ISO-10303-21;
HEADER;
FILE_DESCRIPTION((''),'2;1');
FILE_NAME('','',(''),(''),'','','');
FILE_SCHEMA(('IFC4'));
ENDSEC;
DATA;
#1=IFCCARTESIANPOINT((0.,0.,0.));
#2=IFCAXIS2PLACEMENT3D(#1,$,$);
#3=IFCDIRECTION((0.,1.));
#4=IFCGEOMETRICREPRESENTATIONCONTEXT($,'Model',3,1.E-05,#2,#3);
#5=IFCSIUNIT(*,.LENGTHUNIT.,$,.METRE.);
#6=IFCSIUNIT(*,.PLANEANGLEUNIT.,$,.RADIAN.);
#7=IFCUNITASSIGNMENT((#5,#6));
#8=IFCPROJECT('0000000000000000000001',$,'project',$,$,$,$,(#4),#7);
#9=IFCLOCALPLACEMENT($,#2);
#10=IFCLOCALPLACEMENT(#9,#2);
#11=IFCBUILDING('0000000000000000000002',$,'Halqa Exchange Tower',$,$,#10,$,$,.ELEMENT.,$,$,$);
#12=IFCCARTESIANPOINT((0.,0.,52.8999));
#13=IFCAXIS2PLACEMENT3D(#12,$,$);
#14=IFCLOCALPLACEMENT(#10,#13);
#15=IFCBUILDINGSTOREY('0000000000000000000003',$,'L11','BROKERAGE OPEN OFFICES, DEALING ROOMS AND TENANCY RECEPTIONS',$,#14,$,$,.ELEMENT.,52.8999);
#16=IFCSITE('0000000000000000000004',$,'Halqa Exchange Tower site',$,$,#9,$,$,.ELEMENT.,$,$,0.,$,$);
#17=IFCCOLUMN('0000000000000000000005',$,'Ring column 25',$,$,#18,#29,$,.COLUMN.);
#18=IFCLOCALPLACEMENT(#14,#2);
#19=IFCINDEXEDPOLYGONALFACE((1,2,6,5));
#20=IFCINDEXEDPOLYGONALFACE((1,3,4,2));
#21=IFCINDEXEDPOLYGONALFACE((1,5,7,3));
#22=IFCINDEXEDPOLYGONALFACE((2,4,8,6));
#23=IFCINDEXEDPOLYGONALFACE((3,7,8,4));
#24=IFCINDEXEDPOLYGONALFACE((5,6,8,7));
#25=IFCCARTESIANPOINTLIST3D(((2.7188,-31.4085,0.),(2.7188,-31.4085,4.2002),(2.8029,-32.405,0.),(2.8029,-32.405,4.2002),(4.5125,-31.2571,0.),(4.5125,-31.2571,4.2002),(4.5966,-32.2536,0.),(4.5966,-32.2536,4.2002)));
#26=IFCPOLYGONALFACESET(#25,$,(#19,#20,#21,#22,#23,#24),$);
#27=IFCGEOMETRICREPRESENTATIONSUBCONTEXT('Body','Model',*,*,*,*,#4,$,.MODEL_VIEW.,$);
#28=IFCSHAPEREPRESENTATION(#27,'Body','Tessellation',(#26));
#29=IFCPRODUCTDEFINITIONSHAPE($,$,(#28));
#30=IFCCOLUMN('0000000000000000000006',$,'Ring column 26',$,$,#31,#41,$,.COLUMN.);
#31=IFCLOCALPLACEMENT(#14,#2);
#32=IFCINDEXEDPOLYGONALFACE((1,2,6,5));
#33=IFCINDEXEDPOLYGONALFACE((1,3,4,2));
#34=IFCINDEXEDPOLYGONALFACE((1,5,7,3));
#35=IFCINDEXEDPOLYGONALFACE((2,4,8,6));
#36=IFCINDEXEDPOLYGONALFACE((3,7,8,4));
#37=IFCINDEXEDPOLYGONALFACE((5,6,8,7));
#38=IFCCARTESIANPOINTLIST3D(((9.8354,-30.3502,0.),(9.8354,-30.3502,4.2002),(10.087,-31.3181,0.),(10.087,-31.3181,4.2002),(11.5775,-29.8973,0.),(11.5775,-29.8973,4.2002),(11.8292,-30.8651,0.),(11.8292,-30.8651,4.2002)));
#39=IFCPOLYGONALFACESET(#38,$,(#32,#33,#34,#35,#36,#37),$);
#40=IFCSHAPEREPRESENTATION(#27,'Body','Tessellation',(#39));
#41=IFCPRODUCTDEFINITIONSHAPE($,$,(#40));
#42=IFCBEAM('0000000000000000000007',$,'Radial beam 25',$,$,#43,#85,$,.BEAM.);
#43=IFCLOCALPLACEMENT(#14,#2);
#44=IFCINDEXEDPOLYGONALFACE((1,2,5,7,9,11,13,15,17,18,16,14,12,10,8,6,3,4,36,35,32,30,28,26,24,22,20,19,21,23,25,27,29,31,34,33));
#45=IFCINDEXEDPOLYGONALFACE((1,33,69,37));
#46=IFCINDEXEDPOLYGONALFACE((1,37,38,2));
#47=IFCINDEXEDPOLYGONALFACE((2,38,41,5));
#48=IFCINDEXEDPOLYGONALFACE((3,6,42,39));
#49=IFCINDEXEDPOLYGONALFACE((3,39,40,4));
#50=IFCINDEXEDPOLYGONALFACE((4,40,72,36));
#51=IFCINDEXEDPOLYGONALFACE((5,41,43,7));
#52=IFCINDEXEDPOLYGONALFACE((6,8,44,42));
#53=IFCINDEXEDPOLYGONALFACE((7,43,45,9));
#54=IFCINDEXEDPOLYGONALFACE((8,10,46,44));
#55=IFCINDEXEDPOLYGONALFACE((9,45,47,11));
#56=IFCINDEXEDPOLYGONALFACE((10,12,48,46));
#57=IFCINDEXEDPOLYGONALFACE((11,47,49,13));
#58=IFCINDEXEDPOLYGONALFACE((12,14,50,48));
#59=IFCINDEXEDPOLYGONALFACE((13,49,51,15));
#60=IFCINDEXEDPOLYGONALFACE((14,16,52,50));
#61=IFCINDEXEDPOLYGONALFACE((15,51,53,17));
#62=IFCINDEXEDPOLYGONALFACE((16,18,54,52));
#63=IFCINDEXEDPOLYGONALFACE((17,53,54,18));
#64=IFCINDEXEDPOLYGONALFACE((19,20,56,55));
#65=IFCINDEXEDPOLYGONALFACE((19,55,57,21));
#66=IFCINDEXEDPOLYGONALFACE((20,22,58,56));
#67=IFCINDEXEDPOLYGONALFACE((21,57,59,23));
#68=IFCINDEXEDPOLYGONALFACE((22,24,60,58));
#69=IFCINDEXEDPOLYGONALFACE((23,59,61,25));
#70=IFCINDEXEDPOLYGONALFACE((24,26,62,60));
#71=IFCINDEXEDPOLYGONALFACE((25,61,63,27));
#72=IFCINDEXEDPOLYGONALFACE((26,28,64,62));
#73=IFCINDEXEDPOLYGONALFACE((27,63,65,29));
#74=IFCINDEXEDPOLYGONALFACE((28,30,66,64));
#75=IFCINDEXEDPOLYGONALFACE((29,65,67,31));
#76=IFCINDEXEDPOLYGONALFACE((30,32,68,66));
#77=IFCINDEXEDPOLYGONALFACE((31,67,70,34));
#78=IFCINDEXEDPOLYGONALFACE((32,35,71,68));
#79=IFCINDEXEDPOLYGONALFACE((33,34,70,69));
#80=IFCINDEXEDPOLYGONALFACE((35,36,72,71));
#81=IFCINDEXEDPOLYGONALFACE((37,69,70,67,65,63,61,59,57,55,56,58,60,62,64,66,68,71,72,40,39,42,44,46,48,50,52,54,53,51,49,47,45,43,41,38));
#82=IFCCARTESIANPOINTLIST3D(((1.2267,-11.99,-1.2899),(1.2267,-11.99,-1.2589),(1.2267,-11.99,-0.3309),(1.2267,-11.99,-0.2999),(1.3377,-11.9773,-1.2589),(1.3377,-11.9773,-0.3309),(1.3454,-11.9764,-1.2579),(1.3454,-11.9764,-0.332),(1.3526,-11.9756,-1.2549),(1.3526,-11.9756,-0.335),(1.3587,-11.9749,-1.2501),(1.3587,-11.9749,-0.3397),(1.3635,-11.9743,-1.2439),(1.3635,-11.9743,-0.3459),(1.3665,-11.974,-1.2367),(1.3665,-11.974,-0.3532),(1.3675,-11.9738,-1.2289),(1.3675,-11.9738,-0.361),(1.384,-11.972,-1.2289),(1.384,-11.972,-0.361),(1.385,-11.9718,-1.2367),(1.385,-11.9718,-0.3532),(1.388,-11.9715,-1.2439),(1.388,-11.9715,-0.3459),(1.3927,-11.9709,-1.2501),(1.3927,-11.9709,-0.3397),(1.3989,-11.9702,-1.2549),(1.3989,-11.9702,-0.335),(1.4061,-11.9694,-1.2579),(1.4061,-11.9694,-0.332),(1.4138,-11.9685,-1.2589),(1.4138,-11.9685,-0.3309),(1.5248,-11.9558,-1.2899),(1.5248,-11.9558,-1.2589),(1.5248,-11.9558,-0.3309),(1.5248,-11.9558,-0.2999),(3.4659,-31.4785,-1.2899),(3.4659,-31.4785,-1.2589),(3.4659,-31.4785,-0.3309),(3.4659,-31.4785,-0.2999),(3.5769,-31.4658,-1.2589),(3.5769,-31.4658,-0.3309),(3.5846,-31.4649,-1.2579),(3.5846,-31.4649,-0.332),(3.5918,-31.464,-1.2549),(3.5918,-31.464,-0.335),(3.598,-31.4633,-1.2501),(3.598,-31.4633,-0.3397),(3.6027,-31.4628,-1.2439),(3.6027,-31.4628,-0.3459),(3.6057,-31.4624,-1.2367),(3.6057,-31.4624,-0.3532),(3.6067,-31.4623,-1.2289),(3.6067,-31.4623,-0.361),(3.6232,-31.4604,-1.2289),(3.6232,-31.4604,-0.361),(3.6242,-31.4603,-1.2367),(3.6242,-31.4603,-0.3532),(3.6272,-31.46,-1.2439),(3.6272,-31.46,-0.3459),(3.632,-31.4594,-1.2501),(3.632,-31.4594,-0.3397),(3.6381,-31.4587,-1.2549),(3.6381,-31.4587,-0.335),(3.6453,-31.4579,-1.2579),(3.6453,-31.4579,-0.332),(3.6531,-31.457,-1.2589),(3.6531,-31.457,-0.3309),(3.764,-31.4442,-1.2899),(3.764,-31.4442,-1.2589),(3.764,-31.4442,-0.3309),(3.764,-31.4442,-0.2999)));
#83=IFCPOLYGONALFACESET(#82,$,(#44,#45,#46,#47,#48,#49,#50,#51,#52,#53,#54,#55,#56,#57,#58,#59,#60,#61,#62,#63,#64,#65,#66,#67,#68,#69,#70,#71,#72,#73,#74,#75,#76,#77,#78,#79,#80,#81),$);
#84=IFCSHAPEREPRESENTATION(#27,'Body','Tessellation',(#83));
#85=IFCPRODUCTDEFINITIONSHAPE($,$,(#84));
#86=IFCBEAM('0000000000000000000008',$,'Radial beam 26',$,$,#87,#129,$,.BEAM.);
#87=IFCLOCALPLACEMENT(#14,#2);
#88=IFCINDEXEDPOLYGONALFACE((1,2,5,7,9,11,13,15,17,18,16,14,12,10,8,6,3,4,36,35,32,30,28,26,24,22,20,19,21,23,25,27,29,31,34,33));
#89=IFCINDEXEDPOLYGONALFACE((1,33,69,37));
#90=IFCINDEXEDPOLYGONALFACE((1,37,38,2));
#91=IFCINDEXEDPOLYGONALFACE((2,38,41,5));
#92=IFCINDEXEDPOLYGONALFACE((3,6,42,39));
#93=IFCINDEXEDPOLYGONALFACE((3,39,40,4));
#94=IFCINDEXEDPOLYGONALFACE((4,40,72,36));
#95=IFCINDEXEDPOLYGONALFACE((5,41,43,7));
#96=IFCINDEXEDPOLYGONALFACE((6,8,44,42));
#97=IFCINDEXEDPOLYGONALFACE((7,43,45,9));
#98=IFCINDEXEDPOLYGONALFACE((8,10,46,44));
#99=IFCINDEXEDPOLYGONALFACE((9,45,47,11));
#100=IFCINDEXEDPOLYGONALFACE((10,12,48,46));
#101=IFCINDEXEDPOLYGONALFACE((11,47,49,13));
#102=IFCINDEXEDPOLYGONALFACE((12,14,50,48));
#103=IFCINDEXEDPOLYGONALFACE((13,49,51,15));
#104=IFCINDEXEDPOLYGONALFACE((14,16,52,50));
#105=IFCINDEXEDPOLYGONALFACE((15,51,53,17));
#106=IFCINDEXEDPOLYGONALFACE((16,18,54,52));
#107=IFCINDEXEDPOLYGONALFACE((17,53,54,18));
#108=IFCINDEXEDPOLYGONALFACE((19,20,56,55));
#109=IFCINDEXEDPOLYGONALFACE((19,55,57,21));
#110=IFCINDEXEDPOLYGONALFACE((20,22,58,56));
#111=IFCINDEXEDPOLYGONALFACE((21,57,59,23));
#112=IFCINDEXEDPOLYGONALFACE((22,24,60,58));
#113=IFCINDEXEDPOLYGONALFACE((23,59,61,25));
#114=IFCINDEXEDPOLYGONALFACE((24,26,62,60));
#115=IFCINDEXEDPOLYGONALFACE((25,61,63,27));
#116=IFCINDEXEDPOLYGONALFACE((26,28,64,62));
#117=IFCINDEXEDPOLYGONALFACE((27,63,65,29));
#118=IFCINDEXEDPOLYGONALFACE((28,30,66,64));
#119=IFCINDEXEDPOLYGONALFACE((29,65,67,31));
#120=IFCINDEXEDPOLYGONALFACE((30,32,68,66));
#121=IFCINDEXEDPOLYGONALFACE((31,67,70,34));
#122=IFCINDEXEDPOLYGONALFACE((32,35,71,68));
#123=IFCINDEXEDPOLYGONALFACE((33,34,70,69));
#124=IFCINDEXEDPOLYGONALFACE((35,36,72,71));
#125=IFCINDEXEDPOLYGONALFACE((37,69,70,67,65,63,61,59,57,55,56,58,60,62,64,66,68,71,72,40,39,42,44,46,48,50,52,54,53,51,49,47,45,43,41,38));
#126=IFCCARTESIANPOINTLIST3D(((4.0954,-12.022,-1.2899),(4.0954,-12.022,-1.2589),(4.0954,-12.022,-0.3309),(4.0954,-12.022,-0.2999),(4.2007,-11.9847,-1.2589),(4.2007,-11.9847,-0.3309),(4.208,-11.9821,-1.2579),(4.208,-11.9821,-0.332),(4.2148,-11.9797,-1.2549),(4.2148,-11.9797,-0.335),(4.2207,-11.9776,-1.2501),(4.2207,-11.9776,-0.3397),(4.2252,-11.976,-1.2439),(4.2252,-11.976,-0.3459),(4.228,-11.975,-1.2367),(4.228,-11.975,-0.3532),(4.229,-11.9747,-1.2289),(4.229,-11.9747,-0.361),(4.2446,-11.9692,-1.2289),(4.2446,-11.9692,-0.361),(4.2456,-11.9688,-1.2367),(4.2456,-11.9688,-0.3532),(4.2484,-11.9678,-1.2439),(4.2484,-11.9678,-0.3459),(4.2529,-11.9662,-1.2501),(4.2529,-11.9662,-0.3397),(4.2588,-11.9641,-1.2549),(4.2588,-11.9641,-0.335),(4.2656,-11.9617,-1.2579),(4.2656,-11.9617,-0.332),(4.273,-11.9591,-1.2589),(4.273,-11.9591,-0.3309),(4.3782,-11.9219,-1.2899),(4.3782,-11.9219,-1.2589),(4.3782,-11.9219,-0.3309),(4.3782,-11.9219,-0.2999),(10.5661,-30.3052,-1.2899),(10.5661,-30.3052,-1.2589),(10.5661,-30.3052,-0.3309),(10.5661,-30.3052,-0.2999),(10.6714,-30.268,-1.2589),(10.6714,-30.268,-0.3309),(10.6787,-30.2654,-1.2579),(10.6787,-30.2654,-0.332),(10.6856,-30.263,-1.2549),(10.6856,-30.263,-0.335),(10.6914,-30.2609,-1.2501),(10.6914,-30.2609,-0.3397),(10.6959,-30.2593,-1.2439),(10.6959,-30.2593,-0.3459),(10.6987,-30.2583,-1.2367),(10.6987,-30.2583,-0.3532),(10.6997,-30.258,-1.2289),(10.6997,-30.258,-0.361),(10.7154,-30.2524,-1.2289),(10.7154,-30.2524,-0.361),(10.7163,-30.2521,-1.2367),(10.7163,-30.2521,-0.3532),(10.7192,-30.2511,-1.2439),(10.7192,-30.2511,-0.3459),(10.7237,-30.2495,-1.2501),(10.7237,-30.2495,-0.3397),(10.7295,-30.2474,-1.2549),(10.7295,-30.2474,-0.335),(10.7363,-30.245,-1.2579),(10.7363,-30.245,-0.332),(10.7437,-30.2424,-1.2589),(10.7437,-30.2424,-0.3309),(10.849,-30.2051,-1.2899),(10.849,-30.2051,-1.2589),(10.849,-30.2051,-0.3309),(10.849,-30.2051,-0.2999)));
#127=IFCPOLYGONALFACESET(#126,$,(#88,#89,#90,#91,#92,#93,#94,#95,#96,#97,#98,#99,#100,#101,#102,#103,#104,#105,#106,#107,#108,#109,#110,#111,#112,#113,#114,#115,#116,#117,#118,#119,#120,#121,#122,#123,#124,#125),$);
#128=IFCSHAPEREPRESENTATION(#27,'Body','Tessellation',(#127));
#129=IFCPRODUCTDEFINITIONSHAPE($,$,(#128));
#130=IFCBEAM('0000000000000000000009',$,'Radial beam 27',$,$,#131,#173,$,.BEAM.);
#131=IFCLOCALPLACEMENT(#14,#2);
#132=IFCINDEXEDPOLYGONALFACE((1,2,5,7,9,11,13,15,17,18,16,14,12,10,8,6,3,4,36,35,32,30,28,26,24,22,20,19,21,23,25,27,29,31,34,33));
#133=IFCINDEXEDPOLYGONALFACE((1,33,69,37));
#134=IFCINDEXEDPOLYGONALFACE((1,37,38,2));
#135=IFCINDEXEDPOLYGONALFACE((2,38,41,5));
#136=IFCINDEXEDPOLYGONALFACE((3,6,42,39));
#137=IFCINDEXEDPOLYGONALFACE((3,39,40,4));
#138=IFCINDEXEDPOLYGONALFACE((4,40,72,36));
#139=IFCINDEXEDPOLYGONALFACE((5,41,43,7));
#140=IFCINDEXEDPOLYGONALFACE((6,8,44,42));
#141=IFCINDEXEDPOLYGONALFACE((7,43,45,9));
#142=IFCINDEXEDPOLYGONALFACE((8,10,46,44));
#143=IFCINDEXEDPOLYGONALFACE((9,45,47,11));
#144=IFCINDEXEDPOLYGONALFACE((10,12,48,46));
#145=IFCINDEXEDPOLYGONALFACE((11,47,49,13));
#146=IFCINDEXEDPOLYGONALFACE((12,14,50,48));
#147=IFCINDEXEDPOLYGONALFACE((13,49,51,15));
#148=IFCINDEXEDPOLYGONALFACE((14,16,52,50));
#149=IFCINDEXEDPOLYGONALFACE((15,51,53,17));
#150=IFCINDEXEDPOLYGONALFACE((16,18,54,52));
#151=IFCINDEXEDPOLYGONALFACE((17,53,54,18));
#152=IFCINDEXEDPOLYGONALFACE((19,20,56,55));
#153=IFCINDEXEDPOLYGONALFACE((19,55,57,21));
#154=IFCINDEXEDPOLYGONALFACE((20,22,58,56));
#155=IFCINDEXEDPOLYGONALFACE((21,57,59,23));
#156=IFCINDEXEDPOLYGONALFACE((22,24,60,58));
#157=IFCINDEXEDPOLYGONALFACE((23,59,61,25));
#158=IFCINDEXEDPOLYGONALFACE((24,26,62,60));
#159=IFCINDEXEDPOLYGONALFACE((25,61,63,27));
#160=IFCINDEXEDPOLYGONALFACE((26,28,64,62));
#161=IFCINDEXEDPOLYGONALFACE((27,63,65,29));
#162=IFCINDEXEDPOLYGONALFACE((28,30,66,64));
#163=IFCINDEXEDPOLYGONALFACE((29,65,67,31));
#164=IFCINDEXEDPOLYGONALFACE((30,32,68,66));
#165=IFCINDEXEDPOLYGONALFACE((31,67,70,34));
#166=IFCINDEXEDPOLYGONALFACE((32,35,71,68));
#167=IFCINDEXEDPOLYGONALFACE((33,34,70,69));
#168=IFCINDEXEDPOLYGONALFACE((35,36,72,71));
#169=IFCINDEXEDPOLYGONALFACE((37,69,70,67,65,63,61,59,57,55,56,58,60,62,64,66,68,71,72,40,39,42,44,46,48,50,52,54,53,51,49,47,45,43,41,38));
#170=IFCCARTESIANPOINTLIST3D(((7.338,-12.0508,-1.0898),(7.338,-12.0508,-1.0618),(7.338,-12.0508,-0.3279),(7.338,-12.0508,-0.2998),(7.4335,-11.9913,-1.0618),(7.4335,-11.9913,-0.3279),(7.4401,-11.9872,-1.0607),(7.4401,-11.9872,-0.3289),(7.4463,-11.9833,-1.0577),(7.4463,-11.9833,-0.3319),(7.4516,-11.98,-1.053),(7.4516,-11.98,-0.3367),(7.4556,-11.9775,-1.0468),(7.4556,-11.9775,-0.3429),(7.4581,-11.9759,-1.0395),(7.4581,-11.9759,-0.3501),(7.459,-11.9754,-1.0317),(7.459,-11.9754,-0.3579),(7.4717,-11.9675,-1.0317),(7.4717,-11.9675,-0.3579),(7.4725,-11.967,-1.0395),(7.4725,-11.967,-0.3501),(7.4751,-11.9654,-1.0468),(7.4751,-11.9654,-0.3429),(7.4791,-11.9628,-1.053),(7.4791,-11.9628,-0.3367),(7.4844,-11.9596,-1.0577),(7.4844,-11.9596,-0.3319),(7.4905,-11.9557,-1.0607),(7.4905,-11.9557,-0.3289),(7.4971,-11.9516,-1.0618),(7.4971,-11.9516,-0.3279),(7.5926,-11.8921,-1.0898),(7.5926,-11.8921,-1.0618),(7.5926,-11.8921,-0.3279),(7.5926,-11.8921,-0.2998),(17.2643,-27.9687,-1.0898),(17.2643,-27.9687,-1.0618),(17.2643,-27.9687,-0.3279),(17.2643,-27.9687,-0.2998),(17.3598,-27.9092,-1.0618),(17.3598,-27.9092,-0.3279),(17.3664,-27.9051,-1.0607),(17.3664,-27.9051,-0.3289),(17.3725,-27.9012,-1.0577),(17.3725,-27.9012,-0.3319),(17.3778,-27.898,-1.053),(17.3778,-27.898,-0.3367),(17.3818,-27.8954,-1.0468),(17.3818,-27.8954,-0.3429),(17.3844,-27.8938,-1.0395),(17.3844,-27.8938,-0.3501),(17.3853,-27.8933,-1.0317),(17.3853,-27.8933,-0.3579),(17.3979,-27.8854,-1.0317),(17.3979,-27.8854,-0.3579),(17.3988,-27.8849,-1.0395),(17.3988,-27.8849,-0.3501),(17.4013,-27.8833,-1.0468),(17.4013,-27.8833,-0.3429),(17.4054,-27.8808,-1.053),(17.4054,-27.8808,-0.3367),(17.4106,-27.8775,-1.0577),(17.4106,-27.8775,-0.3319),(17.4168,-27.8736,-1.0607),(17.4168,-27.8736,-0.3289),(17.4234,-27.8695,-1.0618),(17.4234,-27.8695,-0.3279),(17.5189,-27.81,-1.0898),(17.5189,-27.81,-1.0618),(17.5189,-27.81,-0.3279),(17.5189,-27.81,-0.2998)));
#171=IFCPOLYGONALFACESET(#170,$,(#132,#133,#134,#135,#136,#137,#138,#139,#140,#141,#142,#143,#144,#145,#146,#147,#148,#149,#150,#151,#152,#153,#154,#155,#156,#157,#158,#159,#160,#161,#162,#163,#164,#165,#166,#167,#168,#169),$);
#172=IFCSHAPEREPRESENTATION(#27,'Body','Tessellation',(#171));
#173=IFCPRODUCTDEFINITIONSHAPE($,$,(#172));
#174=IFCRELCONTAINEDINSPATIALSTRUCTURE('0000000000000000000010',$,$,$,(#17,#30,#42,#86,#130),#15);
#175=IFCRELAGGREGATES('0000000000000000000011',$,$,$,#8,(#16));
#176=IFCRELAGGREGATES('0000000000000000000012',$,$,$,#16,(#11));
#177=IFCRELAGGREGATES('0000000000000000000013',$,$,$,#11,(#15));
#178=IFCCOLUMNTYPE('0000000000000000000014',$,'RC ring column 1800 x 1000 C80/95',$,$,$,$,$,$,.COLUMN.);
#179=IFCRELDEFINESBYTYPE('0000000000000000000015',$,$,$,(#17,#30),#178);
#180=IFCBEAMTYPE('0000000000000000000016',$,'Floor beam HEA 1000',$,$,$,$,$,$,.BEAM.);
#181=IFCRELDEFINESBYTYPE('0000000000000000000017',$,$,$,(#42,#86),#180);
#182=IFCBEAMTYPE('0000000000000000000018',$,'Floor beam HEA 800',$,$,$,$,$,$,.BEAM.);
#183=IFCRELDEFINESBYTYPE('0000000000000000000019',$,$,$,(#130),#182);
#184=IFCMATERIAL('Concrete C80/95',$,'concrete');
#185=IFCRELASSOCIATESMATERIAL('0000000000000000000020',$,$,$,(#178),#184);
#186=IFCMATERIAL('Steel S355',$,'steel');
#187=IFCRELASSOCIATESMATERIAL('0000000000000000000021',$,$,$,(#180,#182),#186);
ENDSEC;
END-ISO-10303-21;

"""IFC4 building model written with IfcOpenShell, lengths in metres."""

from ifc_helpers import new_model, si_unit, direction, frame, origin, origin_2d, place, context, subcontext, project, spatial, rectangle, i_section, extrude, material, material_profile, profile_set, type_object, element, save


model = new_model("IFC4")

# Units and contexts
model_context = context("Model", 3, precision=1e-05, world=origin(), true_north=direction((0.0, 1.0)))
body_context = subcontext(model_context, "Body", "Model", "MODEL_VIEW")
ifc_project = project(units=[si_unit("LENGTHUNIT", "METRE"), si_unit("PLANEANGLEUNIT", "RADIAN")], contexts=[model_context])

# Site, building, storey
site_placement = place(None, origin())
site = spatial("IfcSite", under=ifc_project, at=site_placement, Name="Halqa Exchange Tower site", CompositionType="ELEMENT", RefElevation=0.0)
building_placement = place(site_placement, origin())
building = spatial("IfcBuilding", under=site, at=building_placement, Name="Halqa Exchange Tower", CompositionType="ELEMENT")
storey_placement = place(building_placement, frame((0.0, 0.0, 52.8999)))
storey = spatial("IfcBuildingStorey", under=building, at=storey_placement, Name="L11", Description="BROKERAGE OPEN OFFICES, DEALING ROOMS AND TENANCY RECEPTIONS", CompositionType="ELEMENT", Elevation=52.8999)

# Columns
ifc_material_1 = material(Name="Concrete C80/95", Category="concrete")
ifc_material_profile_1 = material_profile(ifc_material_1, rectangle(XDim=1.8, YDim=1.0, at=origin_2d()), Name="1800 x 1000")
ifc_profile_set_1 = profile_set([ifc_material_profile_1], Name="Concrete C80/95")
column_type = type_object("IfcColumnType", Name="RC ring column 1800 x 1000 C80/95", PredefinedType="COLUMN", material=ifc_profile_set_1)
for number, where, z_axis, x_axis, name in (
    (1, (3.6577, -31.8311, 0.0), (0.0, 0.0, 1.0), (0.996455, 0.084125, 0.0), "Ring column 25"),
    (2, (10.8323, -30.6077, 0.0), (0.0, 0.0, 1.0), (0.96782, 0.251644, 0.0), "Ring column 26"),
):
    element("IfcColumn", number, at=place(storey_placement, frame(where, z_axis=z_axis, x_axis=x_axis)), inside=storey, type_object=column_type, Name=name, PredefinedType="COLUMN", context=body_context, shape_type="SweptSolid", body=[
        extrude(rectangle(XDim=1.8, YDim=1.0, at=origin_2d()), origin(), (0.0, 0.0, 1.0), 4.2002),
    ])

# Beams
ifc_material_2 = material(Name="Steel S355", Category="steel")
ifc_material_profile_2 = material_profile(ifc_material_2, i_section(OverallWidth=0.3, OverallDepth=0.99, WebThickness=0.0166, FlangeThickness=0.031, FilletRadius=0.03, at=origin_2d()), Name="HEA 1000")
ifc_profile_set_2 = profile_set([ifc_material_profile_2], Name="Steel S355")
beam_type_1 = type_object("IfcBeamType", Name="Floor beam HEA 1000", PredefinedType="BEAM", material=ifc_profile_set_2)
beam_1_placement = place(storey_placement, frame((1.3757, -11.9729, -0.7949), z_axis=(0.11415, -0.993463, 0.0), x_axis=(0.993463, 0.11415, 0.0)))
element("IfcBeam", 3, at=beam_1_placement, inside=storey, type_object=beam_type_1, Name="Radial beam 25", PredefinedType="BEAM", context=body_context, shape_type="SweptSolid", body=[
    extrude(i_section(OverallWidth=0.3, OverallDepth=0.99, WebThickness=0.0166, FlangeThickness=0.031, FilletRadius=0.03, at=origin_2d()), origin(), (0.0, 0.0, 1.0), 19.6167),
])
beam_2_placement = place(storey_placement, frame((4.2368, -11.9719, -0.7949), z_axis=(0.333636, -0.942702, 0.0), x_axis=(0.942702, 0.333636, 0.0)))
element("IfcBeam", 4, at=beam_2_placement, inside=storey, type_object=beam_type_1, Name="Radial beam 26", PredefinedType="BEAM", context=body_context, shape_type="SweptSolid", body=[
    extrude(i_section(OverallWidth=0.3, OverallDepth=0.99, WebThickness=0.0166, FlangeThickness=0.031, FilletRadius=0.03, at=origin_2d()), origin(), (0.0, 0.0, 1.0), 19.3945),
])
ifc_material_profile_3 = material_profile(ifc_material_2, i_section(OverallWidth=0.3, OverallDepth=0.79, WebThickness=0.0149, FlangeThickness=0.0281, FilletRadius=0.03, at=origin_2d()), Name="HEA 800")
ifc_profile_set_3 = profile_set([ifc_material_profile_3], Name="Steel S355")
beam_type_2 = type_object("IfcBeamType", Name="Floor beam HEA 800", PredefinedType="BEAM", material=ifc_profile_set_3)
beam_3_placement = place(storey_placement, frame((7.4653, -11.9714, -0.6948), z_axis=(0.529138, -0.848536, 0.0), x_axis=(0.848536, 0.529138, 0.0)))
element("IfcBeam", 5, at=beam_3_placement, inside=storey, type_object=beam_type_2, Name="Radial beam 27", PredefinedType="BEAM", context=body_context, shape_type="SweptSolid", body=[
    extrude(i_section(OverallWidth=0.3, OverallDepth=0.79, WebThickness=0.0149, FlangeThickness=0.0281, FilletRadius=0.03, at=origin_2d()), origin(), (0.0, 0.0, 1.0), 18.7593),
])

save(model, "model.ifc")
